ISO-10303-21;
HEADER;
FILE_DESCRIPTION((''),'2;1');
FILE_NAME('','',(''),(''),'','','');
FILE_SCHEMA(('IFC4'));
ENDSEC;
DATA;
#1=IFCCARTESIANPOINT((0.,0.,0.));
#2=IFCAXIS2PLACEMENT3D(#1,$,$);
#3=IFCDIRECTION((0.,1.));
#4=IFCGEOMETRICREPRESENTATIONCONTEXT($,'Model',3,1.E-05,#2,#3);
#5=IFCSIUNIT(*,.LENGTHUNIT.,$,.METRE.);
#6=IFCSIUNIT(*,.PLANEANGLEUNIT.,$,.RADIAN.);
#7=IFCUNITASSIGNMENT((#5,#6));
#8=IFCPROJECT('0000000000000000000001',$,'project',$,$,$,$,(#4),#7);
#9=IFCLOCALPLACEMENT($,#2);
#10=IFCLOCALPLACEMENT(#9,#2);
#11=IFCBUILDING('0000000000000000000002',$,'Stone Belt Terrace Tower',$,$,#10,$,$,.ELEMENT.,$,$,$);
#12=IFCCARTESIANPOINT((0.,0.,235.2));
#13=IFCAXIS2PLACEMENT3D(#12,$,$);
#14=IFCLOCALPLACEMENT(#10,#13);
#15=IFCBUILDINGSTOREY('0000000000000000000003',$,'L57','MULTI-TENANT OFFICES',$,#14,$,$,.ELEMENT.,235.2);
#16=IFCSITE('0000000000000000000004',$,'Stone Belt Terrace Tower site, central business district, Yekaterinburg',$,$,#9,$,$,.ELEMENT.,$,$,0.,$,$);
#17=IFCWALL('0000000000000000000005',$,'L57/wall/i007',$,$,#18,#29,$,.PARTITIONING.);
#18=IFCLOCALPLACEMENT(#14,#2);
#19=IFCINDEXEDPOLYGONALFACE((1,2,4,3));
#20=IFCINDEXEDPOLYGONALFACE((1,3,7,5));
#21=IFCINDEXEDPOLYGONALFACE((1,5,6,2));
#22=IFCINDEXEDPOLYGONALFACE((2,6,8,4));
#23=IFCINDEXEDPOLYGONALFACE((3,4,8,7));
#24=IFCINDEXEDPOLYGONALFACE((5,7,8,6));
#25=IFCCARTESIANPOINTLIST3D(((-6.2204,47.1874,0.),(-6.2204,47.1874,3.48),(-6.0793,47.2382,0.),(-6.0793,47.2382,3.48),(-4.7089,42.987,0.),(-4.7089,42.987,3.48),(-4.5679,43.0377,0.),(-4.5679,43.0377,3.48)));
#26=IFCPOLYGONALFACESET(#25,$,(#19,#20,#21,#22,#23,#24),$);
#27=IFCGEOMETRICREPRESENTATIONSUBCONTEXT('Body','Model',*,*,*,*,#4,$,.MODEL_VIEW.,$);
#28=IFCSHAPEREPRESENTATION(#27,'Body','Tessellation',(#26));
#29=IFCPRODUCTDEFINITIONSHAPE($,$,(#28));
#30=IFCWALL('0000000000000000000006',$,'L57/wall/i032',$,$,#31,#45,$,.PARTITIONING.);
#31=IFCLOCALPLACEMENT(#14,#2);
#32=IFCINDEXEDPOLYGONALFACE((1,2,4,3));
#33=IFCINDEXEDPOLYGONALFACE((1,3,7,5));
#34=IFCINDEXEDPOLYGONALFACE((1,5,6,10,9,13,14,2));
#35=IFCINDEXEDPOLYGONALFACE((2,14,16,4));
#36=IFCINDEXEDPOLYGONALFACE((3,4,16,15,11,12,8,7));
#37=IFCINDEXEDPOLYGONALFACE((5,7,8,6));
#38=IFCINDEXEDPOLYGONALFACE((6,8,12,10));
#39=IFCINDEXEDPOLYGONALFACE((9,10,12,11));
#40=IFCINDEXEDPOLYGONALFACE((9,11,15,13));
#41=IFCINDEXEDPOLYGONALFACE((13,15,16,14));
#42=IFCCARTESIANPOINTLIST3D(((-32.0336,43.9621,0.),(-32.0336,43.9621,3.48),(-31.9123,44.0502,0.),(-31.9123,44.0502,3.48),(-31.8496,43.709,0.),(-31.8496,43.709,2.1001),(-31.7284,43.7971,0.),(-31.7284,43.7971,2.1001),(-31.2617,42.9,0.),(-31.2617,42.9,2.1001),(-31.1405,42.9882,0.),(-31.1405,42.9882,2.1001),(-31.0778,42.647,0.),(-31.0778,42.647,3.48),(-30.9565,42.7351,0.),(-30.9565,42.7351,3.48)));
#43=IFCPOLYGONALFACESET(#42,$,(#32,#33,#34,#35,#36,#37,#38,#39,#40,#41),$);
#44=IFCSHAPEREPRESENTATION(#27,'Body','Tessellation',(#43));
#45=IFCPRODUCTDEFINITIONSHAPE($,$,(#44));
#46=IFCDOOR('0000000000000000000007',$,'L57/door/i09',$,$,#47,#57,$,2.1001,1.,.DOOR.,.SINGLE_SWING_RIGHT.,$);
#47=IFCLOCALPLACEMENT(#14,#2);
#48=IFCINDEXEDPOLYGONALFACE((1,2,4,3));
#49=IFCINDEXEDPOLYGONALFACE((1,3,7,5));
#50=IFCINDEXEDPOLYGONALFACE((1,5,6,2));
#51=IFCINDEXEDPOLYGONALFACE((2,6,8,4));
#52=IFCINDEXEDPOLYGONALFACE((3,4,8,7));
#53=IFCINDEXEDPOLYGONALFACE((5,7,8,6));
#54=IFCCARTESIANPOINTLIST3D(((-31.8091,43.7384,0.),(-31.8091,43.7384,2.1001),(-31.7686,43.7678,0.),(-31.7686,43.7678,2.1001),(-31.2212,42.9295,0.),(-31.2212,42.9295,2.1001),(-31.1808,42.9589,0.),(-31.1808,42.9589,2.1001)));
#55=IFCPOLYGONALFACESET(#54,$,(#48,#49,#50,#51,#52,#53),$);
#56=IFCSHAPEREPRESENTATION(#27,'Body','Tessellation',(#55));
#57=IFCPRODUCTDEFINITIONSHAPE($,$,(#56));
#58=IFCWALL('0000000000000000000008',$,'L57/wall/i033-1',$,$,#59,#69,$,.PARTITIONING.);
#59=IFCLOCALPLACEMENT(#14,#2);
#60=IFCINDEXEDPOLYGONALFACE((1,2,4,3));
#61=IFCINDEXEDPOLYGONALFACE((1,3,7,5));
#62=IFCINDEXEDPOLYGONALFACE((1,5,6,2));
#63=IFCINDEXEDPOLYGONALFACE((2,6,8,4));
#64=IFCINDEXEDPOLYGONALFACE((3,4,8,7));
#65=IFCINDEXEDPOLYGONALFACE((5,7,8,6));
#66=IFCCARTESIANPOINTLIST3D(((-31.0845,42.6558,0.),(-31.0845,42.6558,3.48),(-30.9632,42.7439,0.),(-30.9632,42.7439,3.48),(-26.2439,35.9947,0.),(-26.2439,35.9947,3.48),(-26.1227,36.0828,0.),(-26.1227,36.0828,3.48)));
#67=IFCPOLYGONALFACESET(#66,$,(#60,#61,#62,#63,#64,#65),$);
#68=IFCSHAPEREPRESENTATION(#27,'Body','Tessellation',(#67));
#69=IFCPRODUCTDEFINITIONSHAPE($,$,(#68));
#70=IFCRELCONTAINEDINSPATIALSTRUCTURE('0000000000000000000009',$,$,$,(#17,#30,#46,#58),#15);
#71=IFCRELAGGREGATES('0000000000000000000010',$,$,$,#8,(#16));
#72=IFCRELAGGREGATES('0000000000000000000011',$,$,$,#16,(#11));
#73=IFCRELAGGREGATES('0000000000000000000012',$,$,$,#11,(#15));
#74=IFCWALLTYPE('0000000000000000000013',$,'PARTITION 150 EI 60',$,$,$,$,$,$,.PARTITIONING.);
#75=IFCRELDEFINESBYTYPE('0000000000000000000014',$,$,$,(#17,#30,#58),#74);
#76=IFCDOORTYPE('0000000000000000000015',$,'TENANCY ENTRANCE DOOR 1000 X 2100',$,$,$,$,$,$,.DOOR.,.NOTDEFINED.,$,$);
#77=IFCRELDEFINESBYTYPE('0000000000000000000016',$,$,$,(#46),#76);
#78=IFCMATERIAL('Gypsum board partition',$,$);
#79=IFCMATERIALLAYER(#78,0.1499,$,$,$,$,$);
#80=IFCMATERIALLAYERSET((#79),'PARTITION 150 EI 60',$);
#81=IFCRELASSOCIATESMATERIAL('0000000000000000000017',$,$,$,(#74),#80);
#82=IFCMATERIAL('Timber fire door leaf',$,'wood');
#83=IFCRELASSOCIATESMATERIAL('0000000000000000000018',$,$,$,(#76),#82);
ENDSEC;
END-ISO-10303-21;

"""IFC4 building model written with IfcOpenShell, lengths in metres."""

from ifc_helpers import new_model, si_unit, direction, frame, frame_2d, origin, place, context, subcontext, project, spatial, rectangle, extrude, material, layer, layer_set, type_object, element, fill, save


model = new_model("IFC4")

# Units and contexts
model_context = context("Model", 3, precision=1e-05, world=origin(), true_north=direction((0.0, 1.0)))
body_context = subcontext(model_context, "Body", "Model", "MODEL_VIEW")
ifc_project = project(units=[si_unit("LENGTHUNIT", "METRE"), si_unit("PLANEANGLEUNIT", "RADIAN")], contexts=[model_context])

# Site, building, storey
site_placement = place(None, origin())
site = spatial("IfcSite", under=ifc_project, at=site_placement, Name="Stone Belt Terrace Tower site, central business district, Yekaterinburg", CompositionType="ELEMENT", RefElevation=0.0)
building_placement = place(site_placement, origin())
building = spatial("IfcBuilding", under=site, at=building_placement, Name="Stone Belt Terrace Tower", CompositionType="ELEMENT")
storey_placement = place(building_placement, frame((0.0, 0.0, 235.2)))
storey = spatial("IfcBuildingStorey", under=building, at=storey_placement, Name="L57", Description="MULTI-TENANT OFFICES", CompositionType="ELEMENT", Elevation=235.2)

# Wall
ifc_material_1 = material(Name="Gypsum board partition")
ifc_layer_1 = layer(ifc_material_1, 0.1499)
ifc_layer_set_1 = layer_set([ifc_layer_1], Name="PARTITION 150 EI 60")
wall_type_1 = type_object("IfcWallType", Name="PARTITION 150 EI 60", PredefinedType="PARTITIONING", material=ifc_layer_set_1)
wall_1_placement = place(storey_placement, frame((-4.6384, 43.0125, 0.0), z_axis=(0.0, 0.0, 1.0), x_axis=(-0.338584, 0.940936, 0.0)))
element("IfcWall", 1, at=wall_1_placement, inside=storey, type_object=wall_type_1, Name="L57/wall/i007", PredefinedType="PARTITIONING", context=body_context, shape_type="SweptSolid", body=[
    extrude(rectangle(XDim=4.4641, YDim=0.1499, at=frame_2d((2.2319, 0.0))), origin(), (0.0, 0.0, 1.0), 3.48),
])

# Wall, opening, door
wall_2_placement = place(storey_placement, frame((-31.0171, 42.6909, 0.0), z_axis=(0.0, 0.0, 1.0), x_axis=(-0.587895, 0.808937, 0.0)))
wall_2 = element("IfcWall", 2, at=wall_2_placement, inside=storey, type_object=wall_type_1, Name="L57/wall/i032", PredefinedType="PARTITIONING", context=body_context, shape_type="SweptSolid", body=[
    extrude(rectangle(XDim=1.6257, YDim=0.1499, at=frame_2d((0.813, 0.0))), origin(), (0.0, 0.0, 1.0), 3.48),
])
opening_1_placement = place(wall_2_placement, frame((0.313, 0.0, 0.0)))
opening_1 = element("IfcOpeningElement", 3, at=opening_1_placement, cuts=wall_2, PredefinedType="OPENING", context=body_context, shape_type="SweptSolid", body=[
    extrude(rectangle(XDim=1.0, YDim=2.1001, at=frame_2d((0.5, 1.05))), frame((0.0, 0.085, 0.0), z_axis=(0.0, -1.0, 0.0), x_axis=(1.0, 0.0, 0.0)), (0.0, 0.0, 1.0), 0.1699),
])
ifc_material_2 = material(Name="Timber fire door leaf", Category="wood")
door_type_1 = type_object("IfcDoorType", Name="TENANCY ENTRANCE DOOR 1000 X 2100", OperationType="NOTDEFINED", PredefinedType="DOOR", material=ifc_material_2)
door_1_placement = place(opening_1_placement, origin())
door_1 = element("IfcDoor", 4, at=door_1_placement, inside=storey, type_object=door_type_1, Name="L57/door/i09", OperationType="SINGLE_SWING_RIGHT", OverallHeight=2.1001, OverallWidth=1.0, PredefinedType="DOOR", context=body_context, shape_type="SweptSolid", body=[
    extrude(rectangle(XDim=1.0, YDim=2.1001, at=frame_2d((0.5, 1.05))), frame((0.0, 0.0249, 0.0), z_axis=(0.0, -1.0, 0.0), x_axis=(1.0, 0.0, 0.0)), (0.0, 0.0, 1.0), 0.05),
])
fill(opening_1, door_1)

# Wall
wall_3_placement = place(storey_placement, frame((-31.0239, 42.7, 0.0), z_axis=(0.0, 0.0, 1.0), x_axis=(0.587863, -0.80896, 0.0)))
element("IfcWall", 5, at=wall_3_placement, inside=storey, type_object=wall_type_1, Name="L57/wall/i033-1", PredefinedType="PARTITIONING", context=body_context, shape_type="SweptSolid", body=[
    extrude(rectangle(XDim=8.2341, YDim=0.1499, at=frame_2d((4.1172, 0.0))), origin(), (0.0, 0.0, 1.0), 3.48),
])

save(model, "model.ifc")
